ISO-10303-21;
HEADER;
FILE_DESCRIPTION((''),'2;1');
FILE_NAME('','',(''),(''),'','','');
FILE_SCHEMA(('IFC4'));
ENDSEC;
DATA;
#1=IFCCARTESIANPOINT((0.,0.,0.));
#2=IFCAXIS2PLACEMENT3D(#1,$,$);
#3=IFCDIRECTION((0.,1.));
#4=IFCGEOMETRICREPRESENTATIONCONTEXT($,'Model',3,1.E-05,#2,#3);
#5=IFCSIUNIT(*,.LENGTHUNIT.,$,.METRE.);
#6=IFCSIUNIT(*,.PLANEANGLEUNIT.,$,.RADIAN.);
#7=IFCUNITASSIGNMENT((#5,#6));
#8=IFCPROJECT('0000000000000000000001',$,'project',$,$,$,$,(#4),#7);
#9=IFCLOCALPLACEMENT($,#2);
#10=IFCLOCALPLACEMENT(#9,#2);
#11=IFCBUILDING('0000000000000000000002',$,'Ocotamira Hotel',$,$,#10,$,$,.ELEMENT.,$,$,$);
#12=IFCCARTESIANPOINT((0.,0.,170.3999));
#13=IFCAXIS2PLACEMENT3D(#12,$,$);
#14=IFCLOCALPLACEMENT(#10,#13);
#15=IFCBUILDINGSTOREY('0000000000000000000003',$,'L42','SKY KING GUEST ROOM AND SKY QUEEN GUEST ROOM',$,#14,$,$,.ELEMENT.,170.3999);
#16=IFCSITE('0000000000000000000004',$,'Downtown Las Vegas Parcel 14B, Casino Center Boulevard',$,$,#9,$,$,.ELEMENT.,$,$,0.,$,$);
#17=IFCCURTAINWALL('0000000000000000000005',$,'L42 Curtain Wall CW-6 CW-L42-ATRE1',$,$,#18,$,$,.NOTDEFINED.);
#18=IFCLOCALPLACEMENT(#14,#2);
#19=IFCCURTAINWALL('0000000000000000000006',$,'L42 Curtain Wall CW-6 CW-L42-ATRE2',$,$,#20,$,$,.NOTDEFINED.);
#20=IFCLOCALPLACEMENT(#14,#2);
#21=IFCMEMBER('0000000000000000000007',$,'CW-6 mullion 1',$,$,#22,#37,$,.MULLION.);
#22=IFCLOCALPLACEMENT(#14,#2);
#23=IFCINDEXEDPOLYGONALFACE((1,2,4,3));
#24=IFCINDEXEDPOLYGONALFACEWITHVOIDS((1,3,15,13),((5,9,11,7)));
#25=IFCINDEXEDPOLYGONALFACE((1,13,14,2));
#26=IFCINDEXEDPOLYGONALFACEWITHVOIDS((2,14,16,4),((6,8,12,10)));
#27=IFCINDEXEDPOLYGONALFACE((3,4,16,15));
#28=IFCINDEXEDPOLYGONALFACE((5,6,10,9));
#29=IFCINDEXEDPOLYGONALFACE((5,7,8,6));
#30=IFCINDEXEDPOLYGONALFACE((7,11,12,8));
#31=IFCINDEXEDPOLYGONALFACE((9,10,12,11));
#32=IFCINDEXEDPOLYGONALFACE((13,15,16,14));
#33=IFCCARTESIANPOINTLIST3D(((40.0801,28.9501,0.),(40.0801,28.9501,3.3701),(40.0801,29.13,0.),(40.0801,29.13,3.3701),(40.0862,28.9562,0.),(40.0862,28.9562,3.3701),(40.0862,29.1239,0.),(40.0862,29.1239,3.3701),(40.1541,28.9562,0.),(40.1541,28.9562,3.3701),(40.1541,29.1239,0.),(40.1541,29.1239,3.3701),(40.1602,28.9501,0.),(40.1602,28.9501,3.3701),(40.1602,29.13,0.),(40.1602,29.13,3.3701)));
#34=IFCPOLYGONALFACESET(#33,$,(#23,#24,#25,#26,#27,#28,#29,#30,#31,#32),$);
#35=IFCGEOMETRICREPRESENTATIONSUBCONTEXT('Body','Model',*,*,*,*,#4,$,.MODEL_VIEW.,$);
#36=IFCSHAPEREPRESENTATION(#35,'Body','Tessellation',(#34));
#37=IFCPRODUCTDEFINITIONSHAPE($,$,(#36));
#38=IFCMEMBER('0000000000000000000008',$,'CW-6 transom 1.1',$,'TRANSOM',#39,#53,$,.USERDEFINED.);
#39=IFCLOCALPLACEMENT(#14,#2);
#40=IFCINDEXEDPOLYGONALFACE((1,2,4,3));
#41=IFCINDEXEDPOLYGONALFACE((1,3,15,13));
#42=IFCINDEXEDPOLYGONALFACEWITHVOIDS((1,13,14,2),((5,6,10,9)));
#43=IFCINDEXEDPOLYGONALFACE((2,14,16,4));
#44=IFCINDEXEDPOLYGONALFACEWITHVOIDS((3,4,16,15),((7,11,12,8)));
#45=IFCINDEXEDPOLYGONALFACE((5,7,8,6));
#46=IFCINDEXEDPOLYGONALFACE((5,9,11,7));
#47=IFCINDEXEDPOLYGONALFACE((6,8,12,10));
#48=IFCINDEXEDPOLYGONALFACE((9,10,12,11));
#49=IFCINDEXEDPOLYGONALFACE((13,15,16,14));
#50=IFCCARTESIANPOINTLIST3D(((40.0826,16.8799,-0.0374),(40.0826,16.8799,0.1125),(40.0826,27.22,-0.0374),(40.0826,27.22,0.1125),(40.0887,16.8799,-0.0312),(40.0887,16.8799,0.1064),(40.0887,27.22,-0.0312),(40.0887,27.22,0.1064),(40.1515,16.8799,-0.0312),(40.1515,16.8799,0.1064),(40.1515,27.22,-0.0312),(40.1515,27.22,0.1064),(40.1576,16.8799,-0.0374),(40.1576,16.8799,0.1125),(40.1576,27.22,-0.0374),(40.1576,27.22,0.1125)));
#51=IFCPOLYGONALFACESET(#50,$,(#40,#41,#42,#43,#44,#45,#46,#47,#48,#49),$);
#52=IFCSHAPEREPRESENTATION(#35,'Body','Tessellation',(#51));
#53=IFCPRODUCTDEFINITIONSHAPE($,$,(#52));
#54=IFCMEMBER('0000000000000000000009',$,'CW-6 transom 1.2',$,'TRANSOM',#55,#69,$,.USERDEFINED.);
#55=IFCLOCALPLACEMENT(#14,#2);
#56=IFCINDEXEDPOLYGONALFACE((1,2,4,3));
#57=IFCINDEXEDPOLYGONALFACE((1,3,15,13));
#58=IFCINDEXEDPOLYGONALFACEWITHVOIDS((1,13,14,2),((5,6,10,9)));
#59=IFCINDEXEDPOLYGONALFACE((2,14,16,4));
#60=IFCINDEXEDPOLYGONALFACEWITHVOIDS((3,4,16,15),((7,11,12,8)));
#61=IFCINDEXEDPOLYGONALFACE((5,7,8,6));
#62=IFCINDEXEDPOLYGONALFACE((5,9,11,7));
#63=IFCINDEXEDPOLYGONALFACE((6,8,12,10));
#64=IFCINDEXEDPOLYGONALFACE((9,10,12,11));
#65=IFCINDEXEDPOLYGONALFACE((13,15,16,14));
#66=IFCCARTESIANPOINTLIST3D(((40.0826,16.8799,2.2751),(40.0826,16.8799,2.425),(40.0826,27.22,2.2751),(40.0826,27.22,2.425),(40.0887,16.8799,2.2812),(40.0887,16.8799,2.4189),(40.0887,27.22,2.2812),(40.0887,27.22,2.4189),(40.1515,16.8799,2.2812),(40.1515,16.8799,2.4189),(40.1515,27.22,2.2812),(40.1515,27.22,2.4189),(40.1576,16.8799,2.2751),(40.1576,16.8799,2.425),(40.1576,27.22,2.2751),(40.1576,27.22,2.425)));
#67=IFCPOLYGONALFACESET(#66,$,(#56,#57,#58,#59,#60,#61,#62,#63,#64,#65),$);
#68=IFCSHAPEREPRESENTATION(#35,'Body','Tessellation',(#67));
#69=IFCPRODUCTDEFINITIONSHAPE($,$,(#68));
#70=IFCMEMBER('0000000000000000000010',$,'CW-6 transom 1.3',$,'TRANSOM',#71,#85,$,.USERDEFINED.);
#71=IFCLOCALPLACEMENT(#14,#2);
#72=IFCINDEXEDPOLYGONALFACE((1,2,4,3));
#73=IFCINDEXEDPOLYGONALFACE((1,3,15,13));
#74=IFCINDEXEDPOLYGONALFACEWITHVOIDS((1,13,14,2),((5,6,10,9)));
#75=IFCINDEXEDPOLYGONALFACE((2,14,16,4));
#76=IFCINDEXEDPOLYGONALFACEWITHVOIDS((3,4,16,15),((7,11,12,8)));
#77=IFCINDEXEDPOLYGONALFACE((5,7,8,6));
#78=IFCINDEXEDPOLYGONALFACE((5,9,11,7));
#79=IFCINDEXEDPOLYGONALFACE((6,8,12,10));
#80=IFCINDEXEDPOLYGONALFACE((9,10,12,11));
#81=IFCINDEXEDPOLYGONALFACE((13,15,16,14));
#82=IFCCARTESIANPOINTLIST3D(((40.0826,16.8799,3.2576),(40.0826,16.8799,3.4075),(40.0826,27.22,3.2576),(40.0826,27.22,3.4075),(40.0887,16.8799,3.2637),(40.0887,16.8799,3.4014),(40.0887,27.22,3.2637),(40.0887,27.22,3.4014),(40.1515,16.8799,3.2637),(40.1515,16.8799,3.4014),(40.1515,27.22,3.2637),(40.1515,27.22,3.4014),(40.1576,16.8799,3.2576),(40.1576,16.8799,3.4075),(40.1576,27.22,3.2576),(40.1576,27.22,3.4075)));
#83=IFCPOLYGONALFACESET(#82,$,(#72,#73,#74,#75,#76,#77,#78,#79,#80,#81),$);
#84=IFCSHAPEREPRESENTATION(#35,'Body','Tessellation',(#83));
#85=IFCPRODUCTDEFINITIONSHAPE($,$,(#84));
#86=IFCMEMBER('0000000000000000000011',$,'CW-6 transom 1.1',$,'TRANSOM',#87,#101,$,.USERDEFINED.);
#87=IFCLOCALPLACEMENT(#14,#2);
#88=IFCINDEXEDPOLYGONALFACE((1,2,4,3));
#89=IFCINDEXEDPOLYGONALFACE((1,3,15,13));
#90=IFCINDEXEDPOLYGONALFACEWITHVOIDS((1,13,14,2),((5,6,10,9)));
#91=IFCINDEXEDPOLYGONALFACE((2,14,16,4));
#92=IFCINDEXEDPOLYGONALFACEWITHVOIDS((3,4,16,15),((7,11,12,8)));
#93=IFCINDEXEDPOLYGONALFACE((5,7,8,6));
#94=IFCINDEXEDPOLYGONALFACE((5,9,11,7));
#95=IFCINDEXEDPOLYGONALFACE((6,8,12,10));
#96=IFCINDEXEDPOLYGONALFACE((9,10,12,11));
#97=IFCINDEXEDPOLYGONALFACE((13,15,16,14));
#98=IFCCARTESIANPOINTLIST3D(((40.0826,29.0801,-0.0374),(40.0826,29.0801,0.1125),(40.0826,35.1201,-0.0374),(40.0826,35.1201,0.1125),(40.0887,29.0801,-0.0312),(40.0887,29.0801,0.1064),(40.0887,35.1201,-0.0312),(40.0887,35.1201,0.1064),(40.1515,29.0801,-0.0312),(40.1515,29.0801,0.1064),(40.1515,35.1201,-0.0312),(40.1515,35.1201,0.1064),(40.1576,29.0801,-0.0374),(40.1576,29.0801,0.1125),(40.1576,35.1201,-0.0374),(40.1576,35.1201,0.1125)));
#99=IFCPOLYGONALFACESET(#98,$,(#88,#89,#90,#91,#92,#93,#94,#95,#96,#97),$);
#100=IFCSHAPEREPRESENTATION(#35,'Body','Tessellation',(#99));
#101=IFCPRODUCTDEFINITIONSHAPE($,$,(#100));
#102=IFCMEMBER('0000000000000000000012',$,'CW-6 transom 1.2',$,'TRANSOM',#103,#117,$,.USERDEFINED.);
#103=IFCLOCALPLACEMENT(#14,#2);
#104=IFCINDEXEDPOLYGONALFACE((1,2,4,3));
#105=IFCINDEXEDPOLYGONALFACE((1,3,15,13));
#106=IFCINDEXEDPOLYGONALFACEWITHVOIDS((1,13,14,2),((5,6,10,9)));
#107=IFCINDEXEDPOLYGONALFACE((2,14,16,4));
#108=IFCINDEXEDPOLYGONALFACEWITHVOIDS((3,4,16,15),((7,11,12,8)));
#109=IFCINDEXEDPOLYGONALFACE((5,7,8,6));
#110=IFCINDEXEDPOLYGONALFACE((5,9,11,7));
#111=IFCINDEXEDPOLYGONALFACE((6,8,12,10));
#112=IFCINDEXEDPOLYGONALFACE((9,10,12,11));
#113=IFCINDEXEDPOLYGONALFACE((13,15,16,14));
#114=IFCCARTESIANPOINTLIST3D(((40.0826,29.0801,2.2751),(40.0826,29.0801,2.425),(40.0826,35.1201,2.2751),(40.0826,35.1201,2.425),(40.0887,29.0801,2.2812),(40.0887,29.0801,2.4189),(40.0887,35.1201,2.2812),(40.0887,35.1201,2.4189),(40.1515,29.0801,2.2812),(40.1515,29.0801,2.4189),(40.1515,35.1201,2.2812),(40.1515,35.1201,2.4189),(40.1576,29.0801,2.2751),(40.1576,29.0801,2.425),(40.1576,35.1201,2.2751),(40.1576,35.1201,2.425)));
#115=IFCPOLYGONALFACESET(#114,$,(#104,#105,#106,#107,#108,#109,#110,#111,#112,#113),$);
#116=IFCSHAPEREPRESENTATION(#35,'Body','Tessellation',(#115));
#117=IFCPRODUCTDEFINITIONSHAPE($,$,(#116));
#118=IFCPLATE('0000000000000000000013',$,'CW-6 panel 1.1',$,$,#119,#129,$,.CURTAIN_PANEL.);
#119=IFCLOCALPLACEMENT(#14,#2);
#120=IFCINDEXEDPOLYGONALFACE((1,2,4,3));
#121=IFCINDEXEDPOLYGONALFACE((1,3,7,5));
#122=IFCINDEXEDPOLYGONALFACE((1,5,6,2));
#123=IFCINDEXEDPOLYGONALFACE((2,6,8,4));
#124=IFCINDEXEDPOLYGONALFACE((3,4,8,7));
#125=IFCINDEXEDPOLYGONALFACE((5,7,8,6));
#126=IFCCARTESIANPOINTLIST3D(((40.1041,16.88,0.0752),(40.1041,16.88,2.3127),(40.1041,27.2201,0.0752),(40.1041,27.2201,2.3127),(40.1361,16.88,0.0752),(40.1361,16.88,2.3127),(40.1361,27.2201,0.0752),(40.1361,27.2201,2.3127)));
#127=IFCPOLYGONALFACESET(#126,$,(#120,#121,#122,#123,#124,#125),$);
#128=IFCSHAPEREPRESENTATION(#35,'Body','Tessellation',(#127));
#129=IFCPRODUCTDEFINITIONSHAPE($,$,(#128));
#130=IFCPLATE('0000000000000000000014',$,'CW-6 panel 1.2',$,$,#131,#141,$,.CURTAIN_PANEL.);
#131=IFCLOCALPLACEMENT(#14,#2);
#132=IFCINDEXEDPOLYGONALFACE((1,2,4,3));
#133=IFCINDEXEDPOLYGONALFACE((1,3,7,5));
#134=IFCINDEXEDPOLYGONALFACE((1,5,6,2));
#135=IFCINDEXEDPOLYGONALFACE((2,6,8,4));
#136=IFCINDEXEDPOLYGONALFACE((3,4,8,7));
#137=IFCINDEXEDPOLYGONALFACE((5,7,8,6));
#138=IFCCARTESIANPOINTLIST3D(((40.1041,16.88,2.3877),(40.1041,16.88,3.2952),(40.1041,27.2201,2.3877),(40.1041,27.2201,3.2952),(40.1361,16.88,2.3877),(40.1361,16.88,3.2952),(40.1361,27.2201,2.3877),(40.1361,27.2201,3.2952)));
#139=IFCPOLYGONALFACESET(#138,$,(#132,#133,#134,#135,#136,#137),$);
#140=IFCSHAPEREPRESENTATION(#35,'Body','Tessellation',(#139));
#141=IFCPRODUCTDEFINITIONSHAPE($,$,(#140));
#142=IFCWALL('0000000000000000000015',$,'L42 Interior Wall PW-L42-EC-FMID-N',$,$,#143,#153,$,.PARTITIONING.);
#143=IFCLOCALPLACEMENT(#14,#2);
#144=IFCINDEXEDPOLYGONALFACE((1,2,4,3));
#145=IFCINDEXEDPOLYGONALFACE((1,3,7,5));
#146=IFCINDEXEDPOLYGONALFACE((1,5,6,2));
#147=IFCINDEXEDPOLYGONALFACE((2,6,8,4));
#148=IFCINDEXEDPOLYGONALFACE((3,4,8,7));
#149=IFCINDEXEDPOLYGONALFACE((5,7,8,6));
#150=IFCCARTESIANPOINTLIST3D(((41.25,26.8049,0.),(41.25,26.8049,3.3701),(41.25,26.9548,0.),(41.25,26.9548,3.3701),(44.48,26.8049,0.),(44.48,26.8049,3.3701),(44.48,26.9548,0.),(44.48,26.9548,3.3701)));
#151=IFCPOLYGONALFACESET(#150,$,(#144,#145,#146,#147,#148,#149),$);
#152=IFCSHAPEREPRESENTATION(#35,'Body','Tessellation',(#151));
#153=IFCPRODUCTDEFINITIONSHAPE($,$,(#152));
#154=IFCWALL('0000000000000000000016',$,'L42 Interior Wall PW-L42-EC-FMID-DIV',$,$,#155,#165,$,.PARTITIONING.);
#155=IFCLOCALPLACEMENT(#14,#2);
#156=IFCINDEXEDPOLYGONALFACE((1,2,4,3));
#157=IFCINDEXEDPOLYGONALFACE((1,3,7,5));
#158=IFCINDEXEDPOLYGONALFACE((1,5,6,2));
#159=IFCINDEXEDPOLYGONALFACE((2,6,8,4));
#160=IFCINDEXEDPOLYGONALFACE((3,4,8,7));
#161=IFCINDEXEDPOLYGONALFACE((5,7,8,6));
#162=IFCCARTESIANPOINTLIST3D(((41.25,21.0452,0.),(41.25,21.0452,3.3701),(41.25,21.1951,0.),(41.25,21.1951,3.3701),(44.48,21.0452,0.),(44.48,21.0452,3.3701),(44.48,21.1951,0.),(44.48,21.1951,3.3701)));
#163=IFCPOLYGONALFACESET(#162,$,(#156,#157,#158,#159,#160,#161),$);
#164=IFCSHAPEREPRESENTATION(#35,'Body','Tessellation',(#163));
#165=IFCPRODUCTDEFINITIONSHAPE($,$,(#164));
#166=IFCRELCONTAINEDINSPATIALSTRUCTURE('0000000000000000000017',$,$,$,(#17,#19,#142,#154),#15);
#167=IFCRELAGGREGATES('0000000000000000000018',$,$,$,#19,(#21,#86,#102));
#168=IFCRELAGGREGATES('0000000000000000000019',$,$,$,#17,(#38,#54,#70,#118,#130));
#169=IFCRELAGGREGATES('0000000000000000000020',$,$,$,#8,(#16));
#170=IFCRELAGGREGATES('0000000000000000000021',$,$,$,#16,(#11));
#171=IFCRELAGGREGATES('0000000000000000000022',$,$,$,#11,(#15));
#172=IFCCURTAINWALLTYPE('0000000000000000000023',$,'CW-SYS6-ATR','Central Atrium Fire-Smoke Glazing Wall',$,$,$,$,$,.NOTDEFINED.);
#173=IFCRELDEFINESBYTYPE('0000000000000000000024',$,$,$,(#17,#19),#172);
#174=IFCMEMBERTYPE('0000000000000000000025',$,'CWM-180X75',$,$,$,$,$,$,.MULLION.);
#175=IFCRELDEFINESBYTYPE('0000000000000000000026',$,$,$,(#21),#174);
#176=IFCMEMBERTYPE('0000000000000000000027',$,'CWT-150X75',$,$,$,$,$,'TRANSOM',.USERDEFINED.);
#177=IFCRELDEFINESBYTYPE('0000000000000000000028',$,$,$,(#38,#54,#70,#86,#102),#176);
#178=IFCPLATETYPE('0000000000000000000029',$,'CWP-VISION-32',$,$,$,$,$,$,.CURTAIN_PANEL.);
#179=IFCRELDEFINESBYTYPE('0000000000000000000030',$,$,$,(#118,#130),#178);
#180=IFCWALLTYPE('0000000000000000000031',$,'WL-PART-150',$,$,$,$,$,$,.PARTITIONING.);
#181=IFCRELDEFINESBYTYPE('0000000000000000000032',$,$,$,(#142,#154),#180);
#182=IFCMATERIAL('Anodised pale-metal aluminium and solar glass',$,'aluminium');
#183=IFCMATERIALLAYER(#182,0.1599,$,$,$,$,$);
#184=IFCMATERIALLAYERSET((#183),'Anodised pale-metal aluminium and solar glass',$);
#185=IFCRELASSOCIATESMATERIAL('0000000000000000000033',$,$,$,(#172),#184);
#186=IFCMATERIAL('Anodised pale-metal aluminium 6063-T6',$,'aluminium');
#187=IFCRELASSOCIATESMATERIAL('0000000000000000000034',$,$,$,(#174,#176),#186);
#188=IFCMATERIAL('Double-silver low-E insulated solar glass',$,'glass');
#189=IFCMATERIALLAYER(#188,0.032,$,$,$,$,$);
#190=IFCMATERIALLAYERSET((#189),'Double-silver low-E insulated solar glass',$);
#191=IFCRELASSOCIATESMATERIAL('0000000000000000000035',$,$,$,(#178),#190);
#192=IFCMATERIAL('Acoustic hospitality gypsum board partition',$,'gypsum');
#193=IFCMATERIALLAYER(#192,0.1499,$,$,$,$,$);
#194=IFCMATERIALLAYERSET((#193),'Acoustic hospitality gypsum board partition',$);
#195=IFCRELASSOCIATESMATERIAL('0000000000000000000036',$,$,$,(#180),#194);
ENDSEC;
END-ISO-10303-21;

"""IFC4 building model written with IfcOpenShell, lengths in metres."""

from ifc_helpers import new_model, si_unit, direction, frame, frame_2d, origin, origin_2d, place, context, subcontext, project, spatial, rectangle, hollow_rectangle, extrude, source, transform, mapped, material, layer, layer_set, material_profile, profile_set, type_object, element, aggregate, save


model = new_model("IFC4")

# Units and contexts
model_context = context("Model", 3, precision=1e-05, world=origin(), true_north=direction((0.0, 1.0)))
body_context = subcontext(model_context, "Body", "Model", "MODEL_VIEW")
ifc_project = project(units=[si_unit("LENGTHUNIT", "METRE"), si_unit("PLANEANGLEUNIT", "RADIAN")], contexts=[model_context])

# Site, building, storey
site_placement = place(None, origin())
site = spatial("IfcSite", under=ifc_project, at=site_placement, Name="Downtown Las Vegas Parcel 14B, Casino Center Boulevard", CompositionType="ELEMENT", RefElevation=0.0)
building_placement = place(site_placement, origin())
building = spatial("IfcBuilding", under=site, at=building_placement, Name="Ocotamira Hotel", CompositionType="ELEMENT")
storey_placement = place(building_placement, frame((0.0, 0.0, 170.3999)))
storey = spatial("IfcBuildingStorey", under=building, at=storey_placement, Name="L42", Description="SKY KING GUEST ROOM AND SKY QUEEN GUEST ROOM", CompositionType="ELEMENT", Elevation=170.3999)

# Curtain wall
ifc_material_1 = material(Name="Anodised pale-metal aluminium and solar glass", Category="aluminium")
ifc_layer_1 = layer(ifc_material_1, 0.1599)
ifc_layer_set_1 = layer_set([ifc_layer_1], Name="Anodised pale-metal aluminium and solar glass")
curtain_wall_type = type_object("IfcCurtainWallType", Name="CW-SYS6-ATR", Description="Central Atrium Fire-Smoke Glazing Wall", PredefinedType="NOTDEFINED", material=ifc_layer_set_1)
curtain_wall_1_placement = place(storey_placement, origin())
curtain_wall_1 = element("IfcCurtainWall", 1, at=curtain_wall_1_placement, inside=storey, type_object=curtain_wall_type, Name="L42 Curtain Wall CW-6 CW-L42-ATRE1", PredefinedType="NOTDEFINED")
ifc_material_2 = material(Name="Anodised pale-metal aluminium 6063-T6", Category="aluminium")
ifc_material_profile_1 = material_profile(ifc_material_2, hollow_rectangle(XDim=0.0801, YDim=0.1799, WallThickness=0.0061, at=origin_2d()), Name="HSS180X80X6")
ifc_profile_set_1 = profile_set([ifc_material_profile_1], Name="Anodised pale-metal aluminium 6063-T6")
member_type_1 = type_object("IfcMemberType", Name="CWM-180X75", PredefinedType="MULLION", material=ifc_profile_set_1)
shared_shape_1 = source(origin(), body_context, "Body", "SweptSolid", [
    extrude(hollow_rectangle(XDim=0.0801, YDim=0.1799, WallThickness=0.0061, at=origin_2d()), origin(), (0.0, 0.0, 1.0), 3.3701),
])

# Curtain wall, member
curtain_wall_2_placement = place(storey_placement, origin())
curtain_wall_2 = element("IfcCurtainWall", 2, at=curtain_wall_2_placement, inside=storey, type_object=curtain_wall_type, Name="L42 Curtain Wall CW-6 CW-L42-ATRE2", PredefinedType="NOTDEFINED")
member_1_placement = place(storey_placement, frame((40.1201, 29.04, 0.0), z_axis=(0.0, 0.0, 1.0), x_axis=(-1.0, 0.0, 0.0)))
member_1 = element("IfcMember", 3, at=member_1_placement, type_object=member_type_1, Name="CW-6 mullion 1", PredefinedType="MULLION", context=body_context, shape_type="MappedRepresentation", body=[
    mapped(shared_shape_1, transform((0.0, 0.0, 0.0), scale=1.0)),
])

# Members
ifc_material_profile_2 = material_profile(ifc_material_2, hollow_rectangle(XDim=0.075, YDim=0.1499, WallThickness=0.0061, at=origin_2d()), Name="HSS150X75X6")
ifc_profile_set_2 = profile_set([ifc_material_profile_2], Name="Anodised pale-metal aluminium 6063-T6")
member_type_2 = type_object("IfcMemberType", Name="CWT-150X75", ElementType="TRANSOM", PredefinedType="USERDEFINED", material=ifc_profile_set_2)
shared_shape_2 = source(origin(), body_context, "Body", "SweptSolid", [
    extrude(hollow_rectangle(XDim=0.075, YDim=0.1499, WallThickness=0.0061, at=origin_2d()), origin(), (0.0, 0.0, 1.0), 10.3401),
])
member_2_placement = place(storey_placement, frame((40.1201, 16.8799, 0.0376), z_axis=(0.0, 1.0, 0.0), x_axis=(-1.0, 0.0, 0.0)))
member_2 = element("IfcMember", 4, at=member_2_placement, type_object=member_type_2, Name="CW-6 transom 1.1", ObjectType="TRANSOM", PredefinedType="USERDEFINED", context=body_context, shape_type="MappedRepresentation", body=[
    mapped(shared_shape_2, transform((0.0, 0.0, 0.0), scale=1.0)),
])
member_3_placement = place(storey_placement, frame((40.1201, 16.8799, 2.3501), z_axis=(0.0, 1.0, 0.0), x_axis=(-1.0, 0.0, 0.0)))
member_3 = element("IfcMember", 5, at=member_3_placement, type_object=member_type_2, Name="CW-6 transom 1.2", ObjectType="TRANSOM", PredefinedType="USERDEFINED", context=body_context, shape_type="MappedRepresentation", body=[
    mapped(shared_shape_2, transform((0.0, 0.0, 0.0), scale=1.0)),
])
member_4_placement = place(storey_placement, frame((40.1201, 16.8799, 3.3325), z_axis=(0.0, 1.0, 0.0), x_axis=(-1.0, 0.0, 0.0)))
member_4 = element("IfcMember", 6, at=member_4_placement, type_object=member_type_2, Name="CW-6 transom 1.3", ObjectType="TRANSOM", PredefinedType="USERDEFINED", context=body_context, shape_type="MappedRepresentation", body=[
    mapped(shared_shape_2, transform((0.0, 0.0, 0.0), scale=1.0)),
])
shared_shape_3 = source(origin(), body_context, "Body", "SweptSolid", [
    extrude(hollow_rectangle(XDim=0.075, YDim=0.1499, WallThickness=0.0061, at=origin_2d()), origin(), (0.0, 0.0, 1.0), 6.04),
])
member_5_placement = place(storey_placement, frame((40.1201, 29.0801, 0.0376), z_axis=(0.0, 1.0, 0.0), x_axis=(-1.0, 0.0, 0.0)))
member_5 = element("IfcMember", 7, at=member_5_placement, type_object=member_type_2, Name="CW-6 transom 1.1", ObjectType="TRANSOM", PredefinedType="USERDEFINED", context=body_context, shape_type="MappedRepresentation", body=[
    mapped(shared_shape_3, transform((0.0, 0.0, 0.0), scale=1.0)),
])
member_6_placement = place(storey_placement, frame((40.1201, 29.0801, 2.3501), z_axis=(0.0, 1.0, 0.0), x_axis=(-1.0, 0.0, 0.0)))
member_6 = element("IfcMember", 8, at=member_6_placement, type_object=member_type_2, Name="CW-6 transom 1.2", ObjectType="TRANSOM", PredefinedType="USERDEFINED", context=body_context, shape_type="MappedRepresentation", body=[
    mapped(shared_shape_3, transform((0.0, 0.0, 0.0), scale=1.0)),
])
aggregate(curtain_wall_2, [member_1, member_5, member_6])

# Plates
ifc_material_3 = material(Name="Double-silver low-E insulated solar glass", Category="glass")
ifc_layer_2 = layer(ifc_material_3, 0.032)
ifc_layer_set_2 = layer_set([ifc_layer_2], Name="Double-silver low-E insulated solar glass")
plate_type = type_object("IfcPlateType", Name="CWP-VISION-32", PredefinedType="CURTAIN_PANEL", material=ifc_layer_set_2)
shared_shape_4 = source(origin(), body_context, "Body", "SweptSolid", [
    extrude(rectangle(XDim=10.3401, YDim=0.032, at=origin_2d()), origin(), (0.0, 0.0, 1.0), 2.2375),
])
plate_1_placement = place(storey_placement, frame((40.1201, 22.05, 0.0752), z_axis=(0.0, 0.0, 1.0), x_axis=(0.0, 1.0, 0.0)))
plate_1 = element("IfcPlate", 9, at=plate_1_placement, type_object=plate_type, Name="CW-6 panel 1.1", PredefinedType="CURTAIN_PANEL", context=body_context, shape_type="MappedRepresentation", body=[
    mapped(shared_shape_4, transform((0.0, 0.0, 0.0), scale=1.0)),
])
shared_shape_5 = source(origin(), body_context, "Body", "SweptSolid", [
    extrude(rectangle(XDim=10.3401, YDim=0.032, at=origin_2d()), origin(), (0.0, 0.0, 1.0), 0.9075),
])
plate_2_placement = place(storey_placement, frame((40.1201, 22.05, 2.3877), z_axis=(0.0, 0.0, 1.0), x_axis=(0.0, 1.0, 0.0)))
plate_2 = element("IfcPlate", 10, at=plate_2_placement, type_object=plate_type, Name="CW-6 panel 1.2", PredefinedType="CURTAIN_PANEL", context=body_context, shape_type="MappedRepresentation", body=[
    mapped(shared_shape_5, transform((0.0, 0.0, 0.0), scale=1.0)),
])
aggregate(curtain_wall_1, [member_2, member_3, member_4, plate_1, plate_2])

# Walls
ifc_material_4 = material(Name="Acoustic hospitality gypsum board partition", Category="gypsum")
ifc_layer_3 = layer(ifc_material_4, 0.1499)
ifc_layer_set_3 = layer_set([ifc_layer_3], Name="Acoustic hospitality gypsum board partition")
wall_type = type_object("IfcWallType", Name="WL-PART-150", PredefinedType="PARTITIONING", material=ifc_layer_set_3)
for number, where, z_axis, x_axis, name in (
    (11, (41.25, 26.8799, 0.0), (0.0, 0.0, 1.0), (1.0, 0.0, 0.0), "L42 Interior Wall PW-L42-EC-FMID-N"),
    (12, (41.25, 21.1201, 0.0), (0.0, 0.0, 1.0), (1.0, 0.0, 0.0), "L42 Interior Wall PW-L42-EC-FMID-DIV"),
):
    element("IfcWall", number, at=place(storey_placement, frame(where, z_axis=z_axis, x_axis=x_axis)), inside=storey, type_object=wall_type, Name=name, PredefinedType="PARTITIONING", context=body_context, shape_type="SweptSolid", body=[
        extrude(rectangle(XDim=3.23, YDim=0.1499, at=frame_2d((1.615, 0.0))), origin(), (0.0, 0.0, 1.0), 3.3701),
    ])

save(model, "model.ifc")
